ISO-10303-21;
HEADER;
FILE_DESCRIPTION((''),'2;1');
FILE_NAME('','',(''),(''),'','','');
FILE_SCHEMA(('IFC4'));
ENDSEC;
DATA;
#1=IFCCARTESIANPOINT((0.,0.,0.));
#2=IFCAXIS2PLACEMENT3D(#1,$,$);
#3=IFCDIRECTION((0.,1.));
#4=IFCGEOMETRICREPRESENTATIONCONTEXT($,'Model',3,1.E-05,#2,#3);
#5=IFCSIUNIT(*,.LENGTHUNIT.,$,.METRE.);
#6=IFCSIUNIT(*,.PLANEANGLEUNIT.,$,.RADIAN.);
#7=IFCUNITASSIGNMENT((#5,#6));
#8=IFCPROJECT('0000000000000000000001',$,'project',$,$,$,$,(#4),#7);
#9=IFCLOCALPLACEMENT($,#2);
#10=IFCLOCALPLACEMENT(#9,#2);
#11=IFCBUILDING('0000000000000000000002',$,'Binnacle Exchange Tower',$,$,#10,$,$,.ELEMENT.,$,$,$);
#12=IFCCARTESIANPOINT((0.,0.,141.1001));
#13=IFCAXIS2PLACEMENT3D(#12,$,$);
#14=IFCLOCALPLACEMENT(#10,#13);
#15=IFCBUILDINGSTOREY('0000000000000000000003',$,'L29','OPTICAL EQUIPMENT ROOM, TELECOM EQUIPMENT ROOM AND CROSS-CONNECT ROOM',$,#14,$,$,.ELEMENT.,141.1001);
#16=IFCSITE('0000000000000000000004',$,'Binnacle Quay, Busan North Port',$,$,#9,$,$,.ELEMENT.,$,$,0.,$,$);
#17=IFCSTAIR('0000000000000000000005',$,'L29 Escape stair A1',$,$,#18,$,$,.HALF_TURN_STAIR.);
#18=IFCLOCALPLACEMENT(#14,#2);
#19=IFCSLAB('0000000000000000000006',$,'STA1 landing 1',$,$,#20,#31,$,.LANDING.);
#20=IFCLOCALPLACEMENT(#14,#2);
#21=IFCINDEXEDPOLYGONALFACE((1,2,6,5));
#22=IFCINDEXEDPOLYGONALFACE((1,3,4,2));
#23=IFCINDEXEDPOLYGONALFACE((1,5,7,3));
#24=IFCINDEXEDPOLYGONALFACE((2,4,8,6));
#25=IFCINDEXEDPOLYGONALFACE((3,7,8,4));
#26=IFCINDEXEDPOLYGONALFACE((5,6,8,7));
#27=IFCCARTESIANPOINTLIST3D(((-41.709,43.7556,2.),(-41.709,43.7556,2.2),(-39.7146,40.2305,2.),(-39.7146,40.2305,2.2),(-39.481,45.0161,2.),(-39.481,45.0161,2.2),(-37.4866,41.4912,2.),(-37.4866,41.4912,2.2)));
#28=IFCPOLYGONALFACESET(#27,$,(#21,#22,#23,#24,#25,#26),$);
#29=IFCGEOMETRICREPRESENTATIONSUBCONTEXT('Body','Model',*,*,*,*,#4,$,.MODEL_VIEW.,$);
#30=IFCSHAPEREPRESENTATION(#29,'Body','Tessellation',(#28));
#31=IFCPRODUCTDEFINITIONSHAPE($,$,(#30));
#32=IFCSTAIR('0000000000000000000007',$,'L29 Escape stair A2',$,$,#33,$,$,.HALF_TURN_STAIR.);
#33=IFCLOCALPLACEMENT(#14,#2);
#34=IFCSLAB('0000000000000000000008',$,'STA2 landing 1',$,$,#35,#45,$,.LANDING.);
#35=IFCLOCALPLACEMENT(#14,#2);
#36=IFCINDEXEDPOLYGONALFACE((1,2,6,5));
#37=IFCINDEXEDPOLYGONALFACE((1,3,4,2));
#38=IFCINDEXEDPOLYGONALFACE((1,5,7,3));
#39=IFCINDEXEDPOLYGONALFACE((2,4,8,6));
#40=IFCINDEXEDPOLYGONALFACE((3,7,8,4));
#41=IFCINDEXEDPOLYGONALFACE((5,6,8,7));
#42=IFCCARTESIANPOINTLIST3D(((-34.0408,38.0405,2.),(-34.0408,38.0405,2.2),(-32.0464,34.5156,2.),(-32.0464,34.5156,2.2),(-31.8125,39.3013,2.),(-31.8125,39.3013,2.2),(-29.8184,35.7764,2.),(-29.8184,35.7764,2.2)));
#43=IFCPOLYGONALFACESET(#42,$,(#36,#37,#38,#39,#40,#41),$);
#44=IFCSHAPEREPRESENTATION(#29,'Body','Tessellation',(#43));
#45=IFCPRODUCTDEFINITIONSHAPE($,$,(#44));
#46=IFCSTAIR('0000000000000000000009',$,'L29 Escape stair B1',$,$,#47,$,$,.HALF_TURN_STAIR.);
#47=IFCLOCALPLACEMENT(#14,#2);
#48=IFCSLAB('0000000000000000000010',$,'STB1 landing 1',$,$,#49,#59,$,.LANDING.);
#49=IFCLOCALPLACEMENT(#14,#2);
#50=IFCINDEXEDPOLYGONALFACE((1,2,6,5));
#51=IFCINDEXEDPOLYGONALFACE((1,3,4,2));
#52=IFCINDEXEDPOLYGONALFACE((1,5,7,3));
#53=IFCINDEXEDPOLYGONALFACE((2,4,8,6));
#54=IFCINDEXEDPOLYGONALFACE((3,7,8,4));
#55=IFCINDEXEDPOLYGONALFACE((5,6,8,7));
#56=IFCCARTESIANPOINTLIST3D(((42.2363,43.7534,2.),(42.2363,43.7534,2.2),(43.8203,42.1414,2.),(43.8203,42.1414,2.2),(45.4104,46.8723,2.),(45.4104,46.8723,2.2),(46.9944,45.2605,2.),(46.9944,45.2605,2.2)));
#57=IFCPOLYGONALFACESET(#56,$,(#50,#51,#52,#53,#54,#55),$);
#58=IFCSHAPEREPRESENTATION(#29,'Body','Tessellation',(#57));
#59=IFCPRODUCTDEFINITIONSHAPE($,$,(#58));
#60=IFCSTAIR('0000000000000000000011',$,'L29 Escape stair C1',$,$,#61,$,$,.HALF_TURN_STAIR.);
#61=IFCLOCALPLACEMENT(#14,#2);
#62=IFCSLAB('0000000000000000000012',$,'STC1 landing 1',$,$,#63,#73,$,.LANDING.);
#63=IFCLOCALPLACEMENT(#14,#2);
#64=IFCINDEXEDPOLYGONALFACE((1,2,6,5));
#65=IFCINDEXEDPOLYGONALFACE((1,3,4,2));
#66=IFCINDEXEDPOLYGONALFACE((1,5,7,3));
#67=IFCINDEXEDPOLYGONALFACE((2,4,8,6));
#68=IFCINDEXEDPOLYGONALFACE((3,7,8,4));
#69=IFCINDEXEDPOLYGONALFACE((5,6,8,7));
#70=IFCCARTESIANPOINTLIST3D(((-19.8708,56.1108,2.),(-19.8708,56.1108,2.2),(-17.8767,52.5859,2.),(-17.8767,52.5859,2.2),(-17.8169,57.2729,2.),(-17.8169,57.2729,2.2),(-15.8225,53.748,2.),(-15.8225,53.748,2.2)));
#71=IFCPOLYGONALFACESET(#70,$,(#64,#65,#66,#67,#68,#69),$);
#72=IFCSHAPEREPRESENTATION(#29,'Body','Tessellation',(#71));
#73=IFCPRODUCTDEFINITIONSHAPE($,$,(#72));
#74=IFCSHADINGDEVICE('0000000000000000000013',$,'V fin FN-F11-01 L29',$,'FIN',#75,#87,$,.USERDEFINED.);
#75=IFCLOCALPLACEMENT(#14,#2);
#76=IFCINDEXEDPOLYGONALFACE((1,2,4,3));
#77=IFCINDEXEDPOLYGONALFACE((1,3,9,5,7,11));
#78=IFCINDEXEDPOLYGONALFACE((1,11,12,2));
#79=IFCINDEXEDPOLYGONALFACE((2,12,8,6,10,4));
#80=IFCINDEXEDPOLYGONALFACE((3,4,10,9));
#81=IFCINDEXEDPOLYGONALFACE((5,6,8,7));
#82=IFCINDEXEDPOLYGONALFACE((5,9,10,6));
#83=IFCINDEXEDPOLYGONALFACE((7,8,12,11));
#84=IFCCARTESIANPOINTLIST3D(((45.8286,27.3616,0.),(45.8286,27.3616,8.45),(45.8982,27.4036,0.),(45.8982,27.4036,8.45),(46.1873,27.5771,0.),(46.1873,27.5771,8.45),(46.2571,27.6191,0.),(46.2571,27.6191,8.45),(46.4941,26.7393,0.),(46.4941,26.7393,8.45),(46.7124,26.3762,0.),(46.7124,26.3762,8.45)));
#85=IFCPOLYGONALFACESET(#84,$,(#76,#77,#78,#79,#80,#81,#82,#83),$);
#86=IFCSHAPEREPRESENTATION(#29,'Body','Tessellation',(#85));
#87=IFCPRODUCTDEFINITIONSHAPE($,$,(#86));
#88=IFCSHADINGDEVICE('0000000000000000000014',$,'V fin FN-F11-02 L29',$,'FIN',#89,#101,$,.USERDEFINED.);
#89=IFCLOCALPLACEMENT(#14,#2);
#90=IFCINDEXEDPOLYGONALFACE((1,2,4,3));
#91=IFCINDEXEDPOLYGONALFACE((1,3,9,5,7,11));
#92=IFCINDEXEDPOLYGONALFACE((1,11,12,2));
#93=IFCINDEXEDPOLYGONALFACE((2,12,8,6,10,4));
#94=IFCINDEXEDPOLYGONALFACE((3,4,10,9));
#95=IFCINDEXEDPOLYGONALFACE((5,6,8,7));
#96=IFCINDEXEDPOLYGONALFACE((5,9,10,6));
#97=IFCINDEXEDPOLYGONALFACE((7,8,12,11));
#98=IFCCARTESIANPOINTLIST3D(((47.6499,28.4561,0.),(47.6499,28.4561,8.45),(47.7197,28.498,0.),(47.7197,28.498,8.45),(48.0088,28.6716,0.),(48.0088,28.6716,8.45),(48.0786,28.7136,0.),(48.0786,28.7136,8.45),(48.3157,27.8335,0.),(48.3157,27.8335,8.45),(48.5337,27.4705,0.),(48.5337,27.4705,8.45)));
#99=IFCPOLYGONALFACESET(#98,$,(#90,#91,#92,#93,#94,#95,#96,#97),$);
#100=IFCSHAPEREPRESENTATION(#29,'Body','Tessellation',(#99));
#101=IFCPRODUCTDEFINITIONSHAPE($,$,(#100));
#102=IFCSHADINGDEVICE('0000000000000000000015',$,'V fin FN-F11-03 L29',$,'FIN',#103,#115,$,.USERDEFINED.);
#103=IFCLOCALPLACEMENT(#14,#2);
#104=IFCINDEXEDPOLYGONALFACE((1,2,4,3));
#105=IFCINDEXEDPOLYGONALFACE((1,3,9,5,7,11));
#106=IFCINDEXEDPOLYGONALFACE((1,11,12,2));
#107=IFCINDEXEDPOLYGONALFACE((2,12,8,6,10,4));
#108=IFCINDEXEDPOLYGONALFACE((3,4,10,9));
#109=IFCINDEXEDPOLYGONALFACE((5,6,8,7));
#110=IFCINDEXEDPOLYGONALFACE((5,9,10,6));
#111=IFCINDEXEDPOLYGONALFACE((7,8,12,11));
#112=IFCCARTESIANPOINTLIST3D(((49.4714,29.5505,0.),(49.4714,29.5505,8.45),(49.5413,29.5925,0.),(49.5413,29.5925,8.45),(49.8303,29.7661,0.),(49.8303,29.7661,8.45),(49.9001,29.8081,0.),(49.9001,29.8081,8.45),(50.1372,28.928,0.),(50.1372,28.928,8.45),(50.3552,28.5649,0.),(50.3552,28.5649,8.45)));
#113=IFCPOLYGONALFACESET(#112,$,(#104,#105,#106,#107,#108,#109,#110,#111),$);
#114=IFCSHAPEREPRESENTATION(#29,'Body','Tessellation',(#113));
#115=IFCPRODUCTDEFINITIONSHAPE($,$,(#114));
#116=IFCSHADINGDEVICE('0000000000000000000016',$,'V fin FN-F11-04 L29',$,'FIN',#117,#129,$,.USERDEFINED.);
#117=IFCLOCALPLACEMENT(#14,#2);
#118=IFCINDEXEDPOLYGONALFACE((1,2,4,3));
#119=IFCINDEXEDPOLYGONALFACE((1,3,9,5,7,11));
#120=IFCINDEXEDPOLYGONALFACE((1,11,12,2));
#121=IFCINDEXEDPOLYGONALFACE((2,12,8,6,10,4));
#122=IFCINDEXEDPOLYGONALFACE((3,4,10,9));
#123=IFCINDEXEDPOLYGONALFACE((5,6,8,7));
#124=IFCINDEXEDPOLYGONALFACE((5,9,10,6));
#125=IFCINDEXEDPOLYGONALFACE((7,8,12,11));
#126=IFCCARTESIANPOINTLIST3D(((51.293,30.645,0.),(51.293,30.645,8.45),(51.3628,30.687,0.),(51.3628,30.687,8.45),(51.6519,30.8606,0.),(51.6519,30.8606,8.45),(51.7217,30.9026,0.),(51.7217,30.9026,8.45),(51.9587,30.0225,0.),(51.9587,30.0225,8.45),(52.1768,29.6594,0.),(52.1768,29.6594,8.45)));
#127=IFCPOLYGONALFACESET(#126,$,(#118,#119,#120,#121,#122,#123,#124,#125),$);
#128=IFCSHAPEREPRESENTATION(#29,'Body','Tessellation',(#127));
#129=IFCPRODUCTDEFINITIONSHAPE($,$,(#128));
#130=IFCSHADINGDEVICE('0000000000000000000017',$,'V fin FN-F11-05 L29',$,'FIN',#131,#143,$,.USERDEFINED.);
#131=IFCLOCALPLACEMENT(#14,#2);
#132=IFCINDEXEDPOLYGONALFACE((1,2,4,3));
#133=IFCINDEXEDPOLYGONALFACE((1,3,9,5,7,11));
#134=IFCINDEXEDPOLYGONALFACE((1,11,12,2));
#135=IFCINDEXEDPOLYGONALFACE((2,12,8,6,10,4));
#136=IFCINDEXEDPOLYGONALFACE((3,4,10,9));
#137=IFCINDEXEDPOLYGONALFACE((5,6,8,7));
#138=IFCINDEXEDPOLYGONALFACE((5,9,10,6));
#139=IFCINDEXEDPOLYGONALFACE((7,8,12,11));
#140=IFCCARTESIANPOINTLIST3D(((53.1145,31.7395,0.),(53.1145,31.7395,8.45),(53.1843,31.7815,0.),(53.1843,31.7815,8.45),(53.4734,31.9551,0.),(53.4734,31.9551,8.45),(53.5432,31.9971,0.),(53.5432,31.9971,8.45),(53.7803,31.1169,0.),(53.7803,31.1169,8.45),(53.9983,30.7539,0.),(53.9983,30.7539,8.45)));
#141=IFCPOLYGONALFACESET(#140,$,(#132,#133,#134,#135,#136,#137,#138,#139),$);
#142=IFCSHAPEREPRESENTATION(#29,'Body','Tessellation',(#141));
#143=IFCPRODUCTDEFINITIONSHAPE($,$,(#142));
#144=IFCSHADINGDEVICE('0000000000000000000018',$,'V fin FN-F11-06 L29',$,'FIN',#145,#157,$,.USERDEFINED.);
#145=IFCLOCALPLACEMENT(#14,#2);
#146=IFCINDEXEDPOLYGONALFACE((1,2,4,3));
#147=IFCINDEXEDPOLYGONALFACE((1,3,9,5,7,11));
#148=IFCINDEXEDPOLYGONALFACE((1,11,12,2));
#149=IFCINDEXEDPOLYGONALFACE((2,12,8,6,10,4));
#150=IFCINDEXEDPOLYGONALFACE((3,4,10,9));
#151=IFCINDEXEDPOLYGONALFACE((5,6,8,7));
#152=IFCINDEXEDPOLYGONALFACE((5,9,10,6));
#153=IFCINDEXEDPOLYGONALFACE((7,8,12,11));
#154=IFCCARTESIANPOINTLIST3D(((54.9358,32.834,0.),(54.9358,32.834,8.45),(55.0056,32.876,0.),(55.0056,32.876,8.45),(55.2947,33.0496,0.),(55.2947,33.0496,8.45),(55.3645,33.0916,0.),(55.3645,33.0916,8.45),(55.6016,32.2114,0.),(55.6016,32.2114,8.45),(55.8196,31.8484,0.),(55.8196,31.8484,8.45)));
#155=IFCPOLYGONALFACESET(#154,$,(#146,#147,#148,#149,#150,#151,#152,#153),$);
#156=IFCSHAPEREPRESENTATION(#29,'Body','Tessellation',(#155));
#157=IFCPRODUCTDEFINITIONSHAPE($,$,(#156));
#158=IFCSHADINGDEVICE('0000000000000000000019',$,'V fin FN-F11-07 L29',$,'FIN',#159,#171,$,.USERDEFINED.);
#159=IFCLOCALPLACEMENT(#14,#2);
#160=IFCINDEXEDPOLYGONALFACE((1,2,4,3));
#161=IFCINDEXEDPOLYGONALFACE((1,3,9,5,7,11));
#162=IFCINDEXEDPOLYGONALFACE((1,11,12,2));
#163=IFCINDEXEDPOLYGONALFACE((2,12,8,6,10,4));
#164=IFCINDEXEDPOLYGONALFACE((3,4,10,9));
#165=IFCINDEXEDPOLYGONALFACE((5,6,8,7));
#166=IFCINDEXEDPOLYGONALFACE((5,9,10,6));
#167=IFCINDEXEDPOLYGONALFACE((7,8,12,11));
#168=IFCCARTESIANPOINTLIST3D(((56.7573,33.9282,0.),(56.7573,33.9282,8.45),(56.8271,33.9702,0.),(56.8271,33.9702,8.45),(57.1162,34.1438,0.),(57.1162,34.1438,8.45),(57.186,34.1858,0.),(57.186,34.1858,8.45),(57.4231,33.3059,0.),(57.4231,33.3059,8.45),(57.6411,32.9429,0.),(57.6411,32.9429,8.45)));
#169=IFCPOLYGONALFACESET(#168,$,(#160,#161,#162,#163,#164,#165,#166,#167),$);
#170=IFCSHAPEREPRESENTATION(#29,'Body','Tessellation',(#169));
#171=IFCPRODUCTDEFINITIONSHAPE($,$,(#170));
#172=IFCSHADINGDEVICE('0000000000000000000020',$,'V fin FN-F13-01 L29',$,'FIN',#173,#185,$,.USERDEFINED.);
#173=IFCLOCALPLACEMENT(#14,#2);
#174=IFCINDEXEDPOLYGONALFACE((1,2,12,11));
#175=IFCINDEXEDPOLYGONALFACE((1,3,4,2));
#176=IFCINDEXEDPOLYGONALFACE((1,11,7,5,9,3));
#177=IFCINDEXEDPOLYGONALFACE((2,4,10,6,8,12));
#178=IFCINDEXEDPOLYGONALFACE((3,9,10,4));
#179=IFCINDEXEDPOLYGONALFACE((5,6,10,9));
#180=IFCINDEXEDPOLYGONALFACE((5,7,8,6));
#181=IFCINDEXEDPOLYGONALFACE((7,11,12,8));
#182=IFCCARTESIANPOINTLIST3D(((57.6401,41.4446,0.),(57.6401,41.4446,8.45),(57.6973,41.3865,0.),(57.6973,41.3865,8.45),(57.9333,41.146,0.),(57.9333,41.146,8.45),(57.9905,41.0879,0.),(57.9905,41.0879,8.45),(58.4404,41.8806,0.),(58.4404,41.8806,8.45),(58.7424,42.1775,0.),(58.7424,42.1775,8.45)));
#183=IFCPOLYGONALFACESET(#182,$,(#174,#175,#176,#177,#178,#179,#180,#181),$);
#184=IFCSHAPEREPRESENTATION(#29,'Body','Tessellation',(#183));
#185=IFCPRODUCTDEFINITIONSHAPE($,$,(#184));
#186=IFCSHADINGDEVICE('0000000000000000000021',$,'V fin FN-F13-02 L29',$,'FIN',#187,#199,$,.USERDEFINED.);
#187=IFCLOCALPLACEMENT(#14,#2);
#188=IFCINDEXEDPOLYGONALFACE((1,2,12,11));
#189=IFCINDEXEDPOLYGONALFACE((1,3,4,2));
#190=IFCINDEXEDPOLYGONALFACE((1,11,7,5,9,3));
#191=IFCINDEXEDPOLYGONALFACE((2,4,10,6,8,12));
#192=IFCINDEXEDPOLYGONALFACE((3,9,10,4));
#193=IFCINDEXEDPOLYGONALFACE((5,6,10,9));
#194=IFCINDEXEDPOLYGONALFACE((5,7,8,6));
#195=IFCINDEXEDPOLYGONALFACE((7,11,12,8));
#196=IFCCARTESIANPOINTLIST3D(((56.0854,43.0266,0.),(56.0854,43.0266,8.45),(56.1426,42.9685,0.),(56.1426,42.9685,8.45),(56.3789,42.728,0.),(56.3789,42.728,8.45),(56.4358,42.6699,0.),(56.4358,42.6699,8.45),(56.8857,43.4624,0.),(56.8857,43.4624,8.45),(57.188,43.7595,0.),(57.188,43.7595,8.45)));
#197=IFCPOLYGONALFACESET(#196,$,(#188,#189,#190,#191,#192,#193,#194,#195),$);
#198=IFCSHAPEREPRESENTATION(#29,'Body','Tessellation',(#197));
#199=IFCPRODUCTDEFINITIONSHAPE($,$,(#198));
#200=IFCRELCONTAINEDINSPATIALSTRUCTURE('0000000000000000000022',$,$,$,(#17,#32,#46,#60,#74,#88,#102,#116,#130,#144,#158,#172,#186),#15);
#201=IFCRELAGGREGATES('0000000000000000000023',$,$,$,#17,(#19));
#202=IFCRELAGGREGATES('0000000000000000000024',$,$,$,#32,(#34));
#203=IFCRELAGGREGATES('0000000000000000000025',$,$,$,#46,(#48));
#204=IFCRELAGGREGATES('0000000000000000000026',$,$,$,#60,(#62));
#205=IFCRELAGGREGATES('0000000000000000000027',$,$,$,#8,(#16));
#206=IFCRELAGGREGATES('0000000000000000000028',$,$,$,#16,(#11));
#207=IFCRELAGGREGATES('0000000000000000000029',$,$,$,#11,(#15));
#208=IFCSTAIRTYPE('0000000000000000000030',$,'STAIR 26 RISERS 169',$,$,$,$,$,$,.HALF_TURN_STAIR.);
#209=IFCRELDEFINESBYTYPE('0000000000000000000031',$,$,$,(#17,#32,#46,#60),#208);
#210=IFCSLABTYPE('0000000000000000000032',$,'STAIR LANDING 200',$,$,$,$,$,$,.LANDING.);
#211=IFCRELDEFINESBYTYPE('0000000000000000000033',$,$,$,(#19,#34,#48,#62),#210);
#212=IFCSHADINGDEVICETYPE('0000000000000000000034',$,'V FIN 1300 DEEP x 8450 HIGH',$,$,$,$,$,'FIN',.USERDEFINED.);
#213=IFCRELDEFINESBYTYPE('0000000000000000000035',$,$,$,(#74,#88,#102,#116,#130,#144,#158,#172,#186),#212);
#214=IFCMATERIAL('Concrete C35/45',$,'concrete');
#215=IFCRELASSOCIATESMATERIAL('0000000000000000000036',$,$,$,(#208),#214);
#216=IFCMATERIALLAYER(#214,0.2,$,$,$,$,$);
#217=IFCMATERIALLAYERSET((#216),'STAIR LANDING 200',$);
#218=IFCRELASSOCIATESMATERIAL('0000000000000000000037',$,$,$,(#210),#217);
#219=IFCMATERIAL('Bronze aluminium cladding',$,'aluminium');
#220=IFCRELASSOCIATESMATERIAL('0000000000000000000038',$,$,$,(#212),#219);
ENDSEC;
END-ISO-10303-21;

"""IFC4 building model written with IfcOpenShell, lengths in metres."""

from ifc_helpers import new_model, si_unit, direction, frame, origin, place, context, subcontext, project, spatial, polyline, outline, extrude, material, layer, layer_set, type_object, element, aggregate, save


model = new_model("IFC4")

# Units and contexts
model_context = context("Model", 3, precision=1e-05, world=origin(), true_north=direction((0.0, 1.0)))
body_context = subcontext(model_context, "Body", "Model", "MODEL_VIEW")
ifc_project = project(units=[si_unit("LENGTHUNIT", "METRE"), si_unit("PLANEANGLEUNIT", "RADIAN")], contexts=[model_context])

# Site, building, storey
site_placement = place(None, origin())
site = spatial("IfcSite", under=ifc_project, at=site_placement, Name="Binnacle Quay, Busan North Port", CompositionType="ELEMENT", RefElevation=0.0)
building_placement = place(site_placement, origin())
building = spatial("IfcBuilding", under=site, at=building_placement, Name="Binnacle Exchange Tower", CompositionType="ELEMENT")
storey_placement = place(building_placement, frame((0.0, 0.0, 141.1001)))
storey = spatial("IfcBuildingStorey", under=building, at=storey_placement, Name="L29", Description="OPTICAL EQUIPMENT ROOM, TELECOM EQUIPMENT ROOM AND CROSS-CONNECT ROOM", CompositionType="ELEMENT", Elevation=141.1001)

# Stairs, slabs
ifc_material_1 = material(Name="Concrete C35/45", Category="concrete")
stair_type = type_object("IfcStairType", Name="STAIR 26 RISERS 169", PredefinedType="HALF_TURN_STAIR", material=ifc_material_1)
stair_1_placement = place(storey_placement, origin())
stair_1 = element("IfcStair", 1, at=stair_1_placement, inside=storey, type_object=stair_type, Name="L29 Escape stair A1", PredefinedType="HALF_TURN_STAIR")
ifc_layer = layer(ifc_material_1, 0.2)
ifc_layer_set = layer_set([ifc_layer], Name="STAIR LANDING 200")
slab_type = type_object("IfcSlabType", Name="STAIR LANDING 200", PredefinedType="LANDING", material=ifc_layer_set)
slab_1_placement = place(storey_placement, frame((0.0, 0.0, 2.0)))
slab_1 = element("IfcSlab", 2, at=slab_1_placement, type_object=slab_type, Name="STA1 landing 1", PredefinedType="LANDING", context=body_context, shape_type="SweptSolid", body=[
    extrude(outline(polyline([(-39.7146, 40.2305), (-37.4866, 41.4912), (-39.481, 45.0161), (-41.709, 43.7556), (-39.7146, 40.2305)])), origin(), (0.0, 0.0, 1.0), 0.2),
])
aggregate(stair_1, [slab_1])
stair_2_placement = place(storey_placement, origin())
stair_2 = element("IfcStair", 3, at=stair_2_placement, inside=storey, type_object=stair_type, Name="L29 Escape stair A2", PredefinedType="HALF_TURN_STAIR")
slab_2_placement = place(storey_placement, frame((0.0, 0.0, 2.0)))
slab_2 = element("IfcSlab", 4, at=slab_2_placement, type_object=slab_type, Name="STA2 landing 1", PredefinedType="LANDING", context=body_context, shape_type="SweptSolid", body=[
    extrude(outline(polyline([(-31.8125, 39.3013), (-34.0408, 38.0405), (-32.0464, 34.5156), (-29.8184, 35.7764), (-31.8125, 39.3013)])), origin(), (0.0, 0.0, 1.0), 0.2),
])
aggregate(stair_2, [slab_2])
stair_3_placement = place(storey_placement, origin())
stair_3 = element("IfcStair", 5, at=stair_3_placement, inside=storey, type_object=stair_type, Name="L29 Escape stair B1", PredefinedType="HALF_TURN_STAIR")
slab_3_placement = place(storey_placement, frame((0.0, 0.0, 2.0)))
slab_3 = element("IfcSlab", 6, at=slab_3_placement, type_object=slab_type, Name="STB1 landing 1", PredefinedType="LANDING", context=body_context, shape_type="SweptSolid", body=[
    extrude(outline(polyline([(42.2363, 43.7534), (43.8203, 42.1414), (46.9944, 45.2605), (45.4104, 46.8723), (42.2363, 43.7534)])), origin(), (0.0, 0.0, 1.0), 0.2),
])
aggregate(stair_3, [slab_3])
stair_4_placement = place(storey_placement, origin())
stair_4 = element("IfcStair", 7, at=stair_4_placement, inside=storey, type_object=stair_type, Name="L29 Escape stair C1", PredefinedType="HALF_TURN_STAIR")
slab_4_placement = place(storey_placement, frame((0.0, 0.0, 2.0)))
slab_4 = element("IfcSlab", 8, at=slab_4_placement, type_object=slab_type, Name="STC1 landing 1", PredefinedType="LANDING", context=body_context, shape_type="SweptSolid", body=[
    extrude(outline(polyline([(-17.8767, 52.5859), (-15.8225, 53.748), (-17.8169, 57.2729), (-19.8708, 56.1108), (-17.8767, 52.5859)])), origin(), (0.0, 0.0, 1.0), 0.2),
])
aggregate(stair_4, [slab_4])

# Shading devices
ifc_material_2 = material(Name="Bronze aluminium cladding", Category="aluminium")
shading_device_type = type_object("IfcShadingDeviceType", Name="V FIN 1300 DEEP x 8450 HIGH", ElementType="FIN", PredefinedType="USERDEFINED", material=ifc_material_2)
shading_device_1_placement = place(storey_placement, origin())
element("IfcShadingDevice", 9, at=shading_device_1_placement, inside=storey, type_object=shading_device_type, Name="V fin FN-F11-01 L29", ObjectType="FIN", PredefinedType="USERDEFINED", context=body_context, shape_type="SweptSolid", body=[
    extrude(outline(polyline([(45.8286, 27.3616), (46.7124, 26.3762), (46.2571, 27.6191), (46.1873, 27.5771), (46.4941, 26.7393), (45.8982, 27.4036), (45.8286, 27.3616)])), origin(), (0.0, 0.0, 1.0), 8.45),
])
shading_device_2_placement = place(storey_placement, origin())
element("IfcShadingDevice", 10, at=shading_device_2_placement, inside=storey, type_object=shading_device_type, Name="V fin FN-F11-02 L29", ObjectType="FIN", PredefinedType="USERDEFINED", context=body_context, shape_type="SweptSolid", body=[
    extrude(outline(polyline([(47.6499, 28.4561), (48.5337, 27.4705), (48.0786, 28.7136), (48.0088, 28.6716), (48.3157, 27.8335), (47.7197, 28.498), (47.6499, 28.4561)])), origin(), (0.0, 0.0, 1.0), 8.45),
])
shading_device_3_placement = place(storey_placement, origin())
element("IfcShadingDevice", 11, at=shading_device_3_placement, inside=storey, type_object=shading_device_type, Name="V fin FN-F11-03 L29", ObjectType="FIN", PredefinedType="USERDEFINED", context=body_context, shape_type="SweptSolid", body=[
    extrude(outline(polyline([(49.4714, 29.5505), (50.3552, 28.5649), (49.9001, 29.8081), (49.8303, 29.7661), (50.1372, 28.928), (49.5413, 29.5925), (49.4714, 29.5505)])), origin(), (0.0, 0.0, 1.0), 8.45),
])
shading_device_4_placement = place(storey_placement, origin())
element("IfcShadingDevice", 12, at=shading_device_4_placement, inside=storey, type_object=shading_device_type, Name="V fin FN-F11-04 L29", ObjectType="FIN", PredefinedType="USERDEFINED", context=body_context, shape_type="SweptSolid", body=[
    extrude(outline(polyline([(51.293, 30.645), (52.1768, 29.6594), (51.7217, 30.9026), (51.6519, 30.8606), (51.9587, 30.0225), (51.3628, 30.687), (51.293, 30.645)])), origin(), (0.0, 0.0, 1.0), 8.45),
])
shading_device_5_placement = place(storey_placement, origin())
element("IfcShadingDevice", 13, at=shading_device_5_placement, inside=storey, type_object=shading_device_type, Name="V fin FN-F11-05 L29", ObjectType="FIN", PredefinedType="USERDEFINED", context=body_context, shape_type="SweptSolid", body=[
    extrude(outline(polyline([(53.1145, 31.7395), (53.9983, 30.7539), (53.5432, 31.9971), (53.4734, 31.9551), (53.7803, 31.1169), (53.1843, 31.7815), (53.1145, 31.7395)])), origin(), (0.0, 0.0, 1.0), 8.45),
])
shading_device_6_placement = place(storey_placement, origin())
element("IfcShadingDevice", 14, at=shading_device_6_placement, inside=storey, type_object=shading_device_type, Name="V fin FN-F11-06 L29", ObjectType="FIN", PredefinedType="USERDEFINED", context=body_context, shape_type="SweptSolid", body=[
    extrude(outline(polyline([(54.9358, 32.834), (55.8196, 31.8484), (55.3645, 33.0916), (55.2947, 33.0496), (55.6016, 32.2114), (55.0056, 32.876), (54.9358, 32.834)])), origin(), (0.0, 0.0, 1.0), 8.45),
])
shading_device_7_placement = place(storey_placement, origin())
element("IfcShadingDevice", 15, at=shading_device_7_placement, inside=storey, type_object=shading_device_type, Name="V fin FN-F11-07 L29", ObjectType="FIN", PredefinedType="USERDEFINED", context=body_context, shape_type="SweptSolid", body=[
    extrude(outline(polyline([(56.7573, 33.9282), (57.6411, 32.9429), (57.186, 34.1858), (57.1162, 34.1438), (57.4231, 33.3059), (56.8271, 33.9702), (56.7573, 33.9282)])), origin(), (0.0, 0.0, 1.0), 8.45),
])
shading_device_8_placement = place(storey_placement, origin())
element("IfcShadingDevice", 16, at=shading_device_8_placement, inside=storey, type_object=shading_device_type, Name="V fin FN-F13-01 L29", ObjectType="FIN", PredefinedType="USERDEFINED", context=body_context, shape_type="SweptSolid", body=[
    extrude(outline(polyline([(57.9905, 41.0879), (58.7424, 42.1775), (57.6401, 41.4446), (57.6973, 41.3865), (58.4404, 41.8806), (57.9333, 41.146), (57.9905, 41.0879)])), origin(), (0.0, 0.0, 1.0), 8.45),
])
shading_device_9_placement = place(storey_placement, origin())
element("IfcShadingDevice", 17, at=shading_device_9_placement, inside=storey, type_object=shading_device_type, Name="V fin FN-F13-02 L29", ObjectType="FIN", PredefinedType="USERDEFINED", context=body_context, shape_type="SweptSolid", body=[
    extrude(outline(polyline([(56.4358, 42.6699), (57.188, 43.7595), (56.0854, 43.0266), (56.1426, 42.9685), (56.8857, 43.4624), (56.3789, 42.728), (56.4358, 42.6699)])), origin(), (0.0, 0.0, 1.0), 8.45),
])

save(model, "model.ifc")
